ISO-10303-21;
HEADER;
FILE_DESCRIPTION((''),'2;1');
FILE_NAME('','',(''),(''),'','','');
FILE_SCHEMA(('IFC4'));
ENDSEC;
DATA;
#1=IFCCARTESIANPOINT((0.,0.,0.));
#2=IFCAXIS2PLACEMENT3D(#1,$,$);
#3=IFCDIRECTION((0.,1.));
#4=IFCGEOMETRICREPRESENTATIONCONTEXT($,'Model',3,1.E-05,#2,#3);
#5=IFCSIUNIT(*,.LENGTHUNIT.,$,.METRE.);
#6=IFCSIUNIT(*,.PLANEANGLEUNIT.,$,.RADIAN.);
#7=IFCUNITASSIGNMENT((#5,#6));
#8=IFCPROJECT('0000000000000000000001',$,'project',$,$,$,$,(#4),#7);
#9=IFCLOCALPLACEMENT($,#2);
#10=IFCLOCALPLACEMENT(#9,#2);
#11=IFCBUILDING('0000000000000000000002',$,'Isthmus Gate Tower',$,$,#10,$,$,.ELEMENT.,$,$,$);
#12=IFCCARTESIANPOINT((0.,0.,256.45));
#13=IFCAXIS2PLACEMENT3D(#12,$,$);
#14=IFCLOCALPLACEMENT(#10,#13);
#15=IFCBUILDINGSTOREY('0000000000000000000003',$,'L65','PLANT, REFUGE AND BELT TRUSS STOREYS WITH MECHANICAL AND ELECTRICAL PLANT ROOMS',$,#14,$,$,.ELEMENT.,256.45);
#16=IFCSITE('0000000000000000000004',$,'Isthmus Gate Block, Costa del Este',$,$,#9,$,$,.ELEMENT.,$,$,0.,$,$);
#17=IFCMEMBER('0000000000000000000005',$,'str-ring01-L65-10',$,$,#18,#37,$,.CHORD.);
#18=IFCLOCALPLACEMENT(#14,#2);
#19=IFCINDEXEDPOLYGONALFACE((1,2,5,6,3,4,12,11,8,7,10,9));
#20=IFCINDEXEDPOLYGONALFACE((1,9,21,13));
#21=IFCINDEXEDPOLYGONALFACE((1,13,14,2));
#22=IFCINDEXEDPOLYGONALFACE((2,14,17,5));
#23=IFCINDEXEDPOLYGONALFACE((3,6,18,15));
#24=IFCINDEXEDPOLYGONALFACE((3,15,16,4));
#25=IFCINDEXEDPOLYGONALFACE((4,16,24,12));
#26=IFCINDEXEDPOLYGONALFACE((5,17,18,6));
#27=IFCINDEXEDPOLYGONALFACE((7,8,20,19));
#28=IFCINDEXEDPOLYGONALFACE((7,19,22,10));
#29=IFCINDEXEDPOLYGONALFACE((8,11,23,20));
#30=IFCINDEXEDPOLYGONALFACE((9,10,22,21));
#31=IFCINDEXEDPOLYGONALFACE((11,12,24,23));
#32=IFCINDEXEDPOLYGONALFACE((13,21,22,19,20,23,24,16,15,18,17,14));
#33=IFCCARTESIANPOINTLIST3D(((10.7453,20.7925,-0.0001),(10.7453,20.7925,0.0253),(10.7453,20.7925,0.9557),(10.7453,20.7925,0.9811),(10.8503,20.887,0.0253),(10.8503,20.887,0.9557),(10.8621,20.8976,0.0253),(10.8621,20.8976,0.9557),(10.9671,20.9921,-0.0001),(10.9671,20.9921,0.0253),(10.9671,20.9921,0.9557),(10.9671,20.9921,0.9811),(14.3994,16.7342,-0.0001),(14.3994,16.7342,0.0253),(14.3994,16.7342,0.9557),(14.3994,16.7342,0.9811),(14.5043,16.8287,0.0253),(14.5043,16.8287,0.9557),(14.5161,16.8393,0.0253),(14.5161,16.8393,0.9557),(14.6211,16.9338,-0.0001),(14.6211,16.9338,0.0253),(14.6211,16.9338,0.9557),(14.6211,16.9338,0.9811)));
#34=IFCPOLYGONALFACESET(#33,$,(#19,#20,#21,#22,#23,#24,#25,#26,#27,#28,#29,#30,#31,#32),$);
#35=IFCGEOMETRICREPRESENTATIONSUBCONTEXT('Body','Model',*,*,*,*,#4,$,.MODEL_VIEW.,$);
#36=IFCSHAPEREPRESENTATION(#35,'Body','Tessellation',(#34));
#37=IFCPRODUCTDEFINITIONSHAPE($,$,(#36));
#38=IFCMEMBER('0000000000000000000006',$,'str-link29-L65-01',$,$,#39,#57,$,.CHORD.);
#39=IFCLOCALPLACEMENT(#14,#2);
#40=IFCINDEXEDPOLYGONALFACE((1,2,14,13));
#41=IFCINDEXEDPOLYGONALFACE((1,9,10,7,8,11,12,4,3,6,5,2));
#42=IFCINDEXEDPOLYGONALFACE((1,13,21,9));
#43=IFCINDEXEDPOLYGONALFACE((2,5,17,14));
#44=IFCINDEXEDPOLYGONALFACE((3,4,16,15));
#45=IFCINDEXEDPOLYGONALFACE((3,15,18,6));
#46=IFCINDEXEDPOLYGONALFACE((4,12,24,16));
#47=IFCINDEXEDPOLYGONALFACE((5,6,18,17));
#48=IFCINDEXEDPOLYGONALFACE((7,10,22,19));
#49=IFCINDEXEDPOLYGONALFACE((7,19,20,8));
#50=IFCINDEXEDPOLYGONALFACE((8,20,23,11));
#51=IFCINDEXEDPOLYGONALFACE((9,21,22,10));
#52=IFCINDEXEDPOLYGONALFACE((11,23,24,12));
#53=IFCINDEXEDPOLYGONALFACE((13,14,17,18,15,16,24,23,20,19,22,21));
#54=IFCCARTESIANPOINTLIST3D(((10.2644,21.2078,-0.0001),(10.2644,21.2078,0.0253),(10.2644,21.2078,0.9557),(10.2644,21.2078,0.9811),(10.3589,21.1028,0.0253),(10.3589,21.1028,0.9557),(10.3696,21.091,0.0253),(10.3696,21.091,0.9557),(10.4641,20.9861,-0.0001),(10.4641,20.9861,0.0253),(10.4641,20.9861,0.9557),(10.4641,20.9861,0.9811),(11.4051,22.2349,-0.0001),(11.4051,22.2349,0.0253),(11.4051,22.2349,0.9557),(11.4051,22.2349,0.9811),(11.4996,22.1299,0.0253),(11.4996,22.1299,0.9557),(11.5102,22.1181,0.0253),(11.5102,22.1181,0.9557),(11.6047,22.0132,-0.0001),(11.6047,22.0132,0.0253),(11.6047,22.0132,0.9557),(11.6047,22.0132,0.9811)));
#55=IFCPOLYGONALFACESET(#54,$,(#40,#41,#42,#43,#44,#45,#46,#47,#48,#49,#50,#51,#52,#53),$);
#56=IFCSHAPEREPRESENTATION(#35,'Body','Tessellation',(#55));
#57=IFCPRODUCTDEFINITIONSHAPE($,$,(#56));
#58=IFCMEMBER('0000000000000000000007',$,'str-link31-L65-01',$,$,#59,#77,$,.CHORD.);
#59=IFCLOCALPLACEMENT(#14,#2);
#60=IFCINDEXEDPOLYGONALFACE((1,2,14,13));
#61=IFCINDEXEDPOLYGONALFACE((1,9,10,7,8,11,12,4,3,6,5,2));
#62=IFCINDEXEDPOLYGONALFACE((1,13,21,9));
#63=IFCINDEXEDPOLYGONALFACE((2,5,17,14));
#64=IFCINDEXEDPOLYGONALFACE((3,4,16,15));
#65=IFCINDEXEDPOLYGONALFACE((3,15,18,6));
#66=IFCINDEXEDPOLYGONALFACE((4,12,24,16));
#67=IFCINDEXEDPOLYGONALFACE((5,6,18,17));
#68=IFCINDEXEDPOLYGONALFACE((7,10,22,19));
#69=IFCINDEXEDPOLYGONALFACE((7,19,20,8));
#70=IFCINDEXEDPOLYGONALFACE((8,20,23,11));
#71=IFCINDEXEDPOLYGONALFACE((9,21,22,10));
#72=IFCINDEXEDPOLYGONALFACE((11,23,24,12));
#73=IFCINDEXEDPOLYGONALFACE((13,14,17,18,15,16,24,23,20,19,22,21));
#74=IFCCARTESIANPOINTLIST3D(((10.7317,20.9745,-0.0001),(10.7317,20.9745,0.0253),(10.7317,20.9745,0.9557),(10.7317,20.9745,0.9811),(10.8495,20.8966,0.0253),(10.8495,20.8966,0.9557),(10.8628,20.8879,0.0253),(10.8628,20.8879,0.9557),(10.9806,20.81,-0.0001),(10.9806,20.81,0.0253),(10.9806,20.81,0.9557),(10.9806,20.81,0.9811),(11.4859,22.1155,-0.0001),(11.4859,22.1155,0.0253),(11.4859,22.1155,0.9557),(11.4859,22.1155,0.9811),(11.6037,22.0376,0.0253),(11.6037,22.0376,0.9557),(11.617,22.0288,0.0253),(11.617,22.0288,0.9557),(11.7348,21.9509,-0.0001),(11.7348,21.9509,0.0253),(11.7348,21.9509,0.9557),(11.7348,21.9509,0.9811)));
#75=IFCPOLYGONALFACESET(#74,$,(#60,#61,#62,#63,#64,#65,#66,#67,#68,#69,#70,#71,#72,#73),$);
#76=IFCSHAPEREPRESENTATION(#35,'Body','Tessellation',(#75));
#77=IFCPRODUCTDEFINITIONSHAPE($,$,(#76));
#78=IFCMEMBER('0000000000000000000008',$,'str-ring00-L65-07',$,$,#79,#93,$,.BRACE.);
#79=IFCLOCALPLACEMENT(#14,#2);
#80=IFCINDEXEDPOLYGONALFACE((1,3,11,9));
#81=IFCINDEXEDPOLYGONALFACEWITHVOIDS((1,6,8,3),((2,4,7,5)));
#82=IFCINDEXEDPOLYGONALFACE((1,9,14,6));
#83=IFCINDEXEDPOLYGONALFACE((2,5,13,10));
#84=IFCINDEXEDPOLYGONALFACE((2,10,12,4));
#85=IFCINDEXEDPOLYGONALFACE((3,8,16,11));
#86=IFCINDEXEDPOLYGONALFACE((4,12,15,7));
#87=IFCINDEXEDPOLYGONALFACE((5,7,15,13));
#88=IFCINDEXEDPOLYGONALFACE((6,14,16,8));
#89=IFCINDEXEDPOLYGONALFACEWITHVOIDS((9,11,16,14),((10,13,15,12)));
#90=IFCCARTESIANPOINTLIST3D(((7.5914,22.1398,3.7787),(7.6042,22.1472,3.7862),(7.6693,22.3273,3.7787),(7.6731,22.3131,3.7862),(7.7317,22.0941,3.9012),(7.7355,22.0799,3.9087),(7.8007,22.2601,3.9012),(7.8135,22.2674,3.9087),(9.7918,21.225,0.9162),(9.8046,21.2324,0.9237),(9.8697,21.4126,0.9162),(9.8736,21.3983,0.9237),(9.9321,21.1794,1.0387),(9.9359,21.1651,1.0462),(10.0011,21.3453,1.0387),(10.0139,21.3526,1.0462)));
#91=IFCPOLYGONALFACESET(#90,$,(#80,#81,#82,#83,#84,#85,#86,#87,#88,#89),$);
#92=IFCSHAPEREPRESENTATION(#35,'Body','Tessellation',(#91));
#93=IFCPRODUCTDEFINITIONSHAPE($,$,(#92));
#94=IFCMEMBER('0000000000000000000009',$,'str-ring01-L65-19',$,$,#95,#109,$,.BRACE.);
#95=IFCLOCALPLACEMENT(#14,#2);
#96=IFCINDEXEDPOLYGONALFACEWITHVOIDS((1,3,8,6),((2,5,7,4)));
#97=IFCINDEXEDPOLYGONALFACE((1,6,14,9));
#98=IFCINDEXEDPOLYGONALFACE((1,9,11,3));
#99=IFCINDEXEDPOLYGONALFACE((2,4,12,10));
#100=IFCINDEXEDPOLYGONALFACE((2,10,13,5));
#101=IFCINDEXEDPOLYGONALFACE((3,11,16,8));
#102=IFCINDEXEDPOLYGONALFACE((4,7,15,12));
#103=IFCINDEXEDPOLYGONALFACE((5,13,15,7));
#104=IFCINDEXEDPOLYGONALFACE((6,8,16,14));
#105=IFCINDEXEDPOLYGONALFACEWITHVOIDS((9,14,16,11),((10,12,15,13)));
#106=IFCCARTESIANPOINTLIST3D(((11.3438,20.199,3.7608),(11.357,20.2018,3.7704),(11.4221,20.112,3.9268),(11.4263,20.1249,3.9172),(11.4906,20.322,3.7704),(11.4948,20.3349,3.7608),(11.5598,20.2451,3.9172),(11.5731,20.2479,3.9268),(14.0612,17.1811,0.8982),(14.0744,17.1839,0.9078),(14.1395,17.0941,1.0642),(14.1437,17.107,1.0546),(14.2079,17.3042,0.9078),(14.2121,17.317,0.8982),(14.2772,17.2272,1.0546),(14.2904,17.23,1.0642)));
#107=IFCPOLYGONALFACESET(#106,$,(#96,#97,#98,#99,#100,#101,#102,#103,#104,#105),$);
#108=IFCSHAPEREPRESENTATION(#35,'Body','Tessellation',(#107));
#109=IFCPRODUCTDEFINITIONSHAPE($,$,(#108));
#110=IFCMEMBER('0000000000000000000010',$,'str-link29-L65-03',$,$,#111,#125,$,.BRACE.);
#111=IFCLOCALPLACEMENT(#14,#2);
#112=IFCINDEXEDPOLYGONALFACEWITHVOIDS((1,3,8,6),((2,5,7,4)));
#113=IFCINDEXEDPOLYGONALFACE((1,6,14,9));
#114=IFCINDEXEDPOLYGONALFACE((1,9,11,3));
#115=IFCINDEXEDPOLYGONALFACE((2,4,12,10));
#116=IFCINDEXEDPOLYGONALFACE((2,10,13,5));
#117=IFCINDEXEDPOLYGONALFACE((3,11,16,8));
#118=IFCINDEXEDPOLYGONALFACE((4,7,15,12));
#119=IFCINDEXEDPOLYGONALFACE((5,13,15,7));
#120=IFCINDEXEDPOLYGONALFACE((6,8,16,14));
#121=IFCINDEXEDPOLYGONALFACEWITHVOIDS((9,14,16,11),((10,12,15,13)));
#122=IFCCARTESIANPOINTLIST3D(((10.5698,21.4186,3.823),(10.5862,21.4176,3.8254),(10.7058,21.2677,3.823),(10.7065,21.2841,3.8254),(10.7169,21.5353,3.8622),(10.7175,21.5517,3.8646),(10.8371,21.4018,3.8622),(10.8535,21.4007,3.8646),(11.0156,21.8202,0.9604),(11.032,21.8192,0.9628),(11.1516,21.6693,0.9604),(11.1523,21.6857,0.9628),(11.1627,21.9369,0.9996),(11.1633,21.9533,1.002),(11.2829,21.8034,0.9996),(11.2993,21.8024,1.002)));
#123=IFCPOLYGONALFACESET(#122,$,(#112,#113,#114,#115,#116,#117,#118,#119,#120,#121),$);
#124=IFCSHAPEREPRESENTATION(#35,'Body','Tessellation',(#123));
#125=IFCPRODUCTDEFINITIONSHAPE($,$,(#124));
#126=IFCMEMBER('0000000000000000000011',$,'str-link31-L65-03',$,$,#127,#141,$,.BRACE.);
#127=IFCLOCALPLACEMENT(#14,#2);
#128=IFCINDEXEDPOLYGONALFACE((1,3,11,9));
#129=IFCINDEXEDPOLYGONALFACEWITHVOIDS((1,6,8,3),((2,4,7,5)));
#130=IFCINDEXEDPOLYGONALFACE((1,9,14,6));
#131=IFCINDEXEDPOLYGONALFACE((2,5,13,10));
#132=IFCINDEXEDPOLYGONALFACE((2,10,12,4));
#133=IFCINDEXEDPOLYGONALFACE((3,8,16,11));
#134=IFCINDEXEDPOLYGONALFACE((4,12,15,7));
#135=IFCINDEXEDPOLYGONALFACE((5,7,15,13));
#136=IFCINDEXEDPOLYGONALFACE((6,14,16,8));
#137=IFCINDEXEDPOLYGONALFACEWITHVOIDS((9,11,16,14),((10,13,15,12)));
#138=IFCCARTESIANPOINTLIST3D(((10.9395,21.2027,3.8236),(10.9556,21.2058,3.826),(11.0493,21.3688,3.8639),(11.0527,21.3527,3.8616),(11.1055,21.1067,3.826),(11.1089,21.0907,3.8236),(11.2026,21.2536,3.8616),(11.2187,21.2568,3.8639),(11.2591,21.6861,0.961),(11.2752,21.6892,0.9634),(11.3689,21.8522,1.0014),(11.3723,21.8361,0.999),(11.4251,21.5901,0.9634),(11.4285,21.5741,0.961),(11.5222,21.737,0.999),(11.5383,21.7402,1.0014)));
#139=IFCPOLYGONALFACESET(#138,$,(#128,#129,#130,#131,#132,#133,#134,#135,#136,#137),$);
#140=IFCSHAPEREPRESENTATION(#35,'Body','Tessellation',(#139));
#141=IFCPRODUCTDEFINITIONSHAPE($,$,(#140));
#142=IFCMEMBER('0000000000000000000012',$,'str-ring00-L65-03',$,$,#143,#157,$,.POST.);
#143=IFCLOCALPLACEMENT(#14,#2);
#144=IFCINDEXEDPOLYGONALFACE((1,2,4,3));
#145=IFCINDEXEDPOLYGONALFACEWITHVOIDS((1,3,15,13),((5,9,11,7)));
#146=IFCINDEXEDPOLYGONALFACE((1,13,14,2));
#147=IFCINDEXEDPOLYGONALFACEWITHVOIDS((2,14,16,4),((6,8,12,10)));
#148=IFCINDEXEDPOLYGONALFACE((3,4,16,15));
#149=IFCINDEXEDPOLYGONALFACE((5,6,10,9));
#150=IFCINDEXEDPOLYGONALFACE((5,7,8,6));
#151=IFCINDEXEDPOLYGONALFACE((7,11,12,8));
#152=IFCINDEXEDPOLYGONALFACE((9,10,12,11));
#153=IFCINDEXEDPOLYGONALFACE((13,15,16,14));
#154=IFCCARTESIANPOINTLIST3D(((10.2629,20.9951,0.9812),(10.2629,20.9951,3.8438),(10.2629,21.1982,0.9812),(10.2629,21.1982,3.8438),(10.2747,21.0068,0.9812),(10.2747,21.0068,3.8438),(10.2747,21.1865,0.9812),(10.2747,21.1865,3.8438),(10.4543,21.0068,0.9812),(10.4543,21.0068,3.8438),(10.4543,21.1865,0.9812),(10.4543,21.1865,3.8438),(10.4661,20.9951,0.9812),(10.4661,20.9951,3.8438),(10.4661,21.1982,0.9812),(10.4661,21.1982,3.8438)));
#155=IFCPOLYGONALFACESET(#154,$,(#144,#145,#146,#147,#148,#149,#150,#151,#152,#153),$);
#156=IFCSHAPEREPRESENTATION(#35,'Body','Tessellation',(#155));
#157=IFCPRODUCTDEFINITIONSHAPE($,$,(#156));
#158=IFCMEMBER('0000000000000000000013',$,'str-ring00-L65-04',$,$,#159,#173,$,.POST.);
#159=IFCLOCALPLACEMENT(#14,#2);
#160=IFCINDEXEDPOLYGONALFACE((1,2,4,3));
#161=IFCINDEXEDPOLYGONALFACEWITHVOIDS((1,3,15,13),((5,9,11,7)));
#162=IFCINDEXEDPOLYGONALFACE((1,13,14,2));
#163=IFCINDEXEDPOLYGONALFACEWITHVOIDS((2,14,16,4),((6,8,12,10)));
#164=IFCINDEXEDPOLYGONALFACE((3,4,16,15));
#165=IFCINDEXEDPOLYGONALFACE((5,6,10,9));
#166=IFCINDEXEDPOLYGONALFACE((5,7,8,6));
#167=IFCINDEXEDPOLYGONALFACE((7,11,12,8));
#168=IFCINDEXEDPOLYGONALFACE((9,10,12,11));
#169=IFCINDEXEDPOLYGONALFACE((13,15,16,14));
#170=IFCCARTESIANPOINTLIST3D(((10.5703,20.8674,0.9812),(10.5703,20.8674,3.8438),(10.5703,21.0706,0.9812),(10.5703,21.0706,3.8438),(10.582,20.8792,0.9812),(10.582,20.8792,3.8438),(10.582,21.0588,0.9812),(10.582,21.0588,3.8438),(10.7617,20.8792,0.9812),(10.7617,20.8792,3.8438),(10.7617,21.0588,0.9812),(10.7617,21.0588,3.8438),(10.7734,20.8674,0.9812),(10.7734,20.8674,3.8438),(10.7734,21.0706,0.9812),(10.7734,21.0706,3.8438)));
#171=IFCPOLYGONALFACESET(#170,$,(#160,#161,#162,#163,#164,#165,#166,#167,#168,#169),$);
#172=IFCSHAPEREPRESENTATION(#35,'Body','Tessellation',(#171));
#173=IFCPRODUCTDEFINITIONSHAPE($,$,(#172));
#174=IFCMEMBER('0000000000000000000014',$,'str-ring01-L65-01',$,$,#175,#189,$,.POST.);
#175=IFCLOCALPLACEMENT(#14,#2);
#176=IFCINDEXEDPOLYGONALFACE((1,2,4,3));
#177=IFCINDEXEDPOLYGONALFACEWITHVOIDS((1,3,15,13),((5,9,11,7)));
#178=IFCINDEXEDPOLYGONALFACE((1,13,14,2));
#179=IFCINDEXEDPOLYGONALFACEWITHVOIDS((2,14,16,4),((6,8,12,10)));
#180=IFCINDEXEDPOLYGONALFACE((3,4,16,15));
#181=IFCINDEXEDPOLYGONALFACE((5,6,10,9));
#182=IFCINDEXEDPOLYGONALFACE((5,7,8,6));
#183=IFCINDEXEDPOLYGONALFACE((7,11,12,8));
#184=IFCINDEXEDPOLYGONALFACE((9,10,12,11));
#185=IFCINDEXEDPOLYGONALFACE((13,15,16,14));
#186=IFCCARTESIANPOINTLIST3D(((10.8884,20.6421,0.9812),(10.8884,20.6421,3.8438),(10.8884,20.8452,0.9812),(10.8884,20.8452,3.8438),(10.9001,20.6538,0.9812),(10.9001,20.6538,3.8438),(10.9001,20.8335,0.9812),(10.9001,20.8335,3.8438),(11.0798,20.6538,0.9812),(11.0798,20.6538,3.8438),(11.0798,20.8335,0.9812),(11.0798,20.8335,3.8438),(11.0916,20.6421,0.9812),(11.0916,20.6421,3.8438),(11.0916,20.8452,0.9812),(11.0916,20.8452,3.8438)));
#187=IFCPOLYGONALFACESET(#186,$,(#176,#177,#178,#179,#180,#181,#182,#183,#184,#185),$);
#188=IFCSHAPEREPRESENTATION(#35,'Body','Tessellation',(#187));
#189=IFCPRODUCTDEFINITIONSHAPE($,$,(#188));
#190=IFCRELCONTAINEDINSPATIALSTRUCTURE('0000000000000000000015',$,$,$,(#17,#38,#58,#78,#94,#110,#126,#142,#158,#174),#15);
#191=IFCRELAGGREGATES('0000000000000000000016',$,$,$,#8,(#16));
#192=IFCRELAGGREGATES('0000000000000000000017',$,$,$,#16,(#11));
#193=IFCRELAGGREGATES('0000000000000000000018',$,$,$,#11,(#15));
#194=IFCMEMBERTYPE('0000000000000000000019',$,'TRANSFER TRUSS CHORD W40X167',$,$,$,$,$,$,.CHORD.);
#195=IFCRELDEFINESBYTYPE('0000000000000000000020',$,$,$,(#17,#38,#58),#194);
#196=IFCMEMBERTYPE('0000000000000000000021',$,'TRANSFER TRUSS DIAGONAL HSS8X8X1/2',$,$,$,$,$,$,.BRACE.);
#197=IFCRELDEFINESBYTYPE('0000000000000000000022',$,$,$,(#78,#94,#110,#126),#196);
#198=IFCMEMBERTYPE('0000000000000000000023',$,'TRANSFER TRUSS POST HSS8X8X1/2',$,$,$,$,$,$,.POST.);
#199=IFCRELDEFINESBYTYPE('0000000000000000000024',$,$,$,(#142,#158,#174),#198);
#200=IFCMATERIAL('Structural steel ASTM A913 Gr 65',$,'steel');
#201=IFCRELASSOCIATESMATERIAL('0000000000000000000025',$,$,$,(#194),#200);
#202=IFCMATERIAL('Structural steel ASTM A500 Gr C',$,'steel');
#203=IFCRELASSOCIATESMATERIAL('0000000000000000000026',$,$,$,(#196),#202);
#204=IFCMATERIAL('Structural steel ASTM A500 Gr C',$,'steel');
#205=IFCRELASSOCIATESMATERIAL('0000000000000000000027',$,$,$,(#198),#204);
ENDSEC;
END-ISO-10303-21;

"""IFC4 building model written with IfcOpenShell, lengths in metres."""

from ifc_helpers import new_model, si_unit, direction, frame, origin, origin_2d, place, context, subcontext, project, spatial, hollow_rectangle, i_section, extrude, material, material_profile, profile_set, type_object, element, save


model = new_model("IFC4")

# Units and contexts
model_context = context("Model", 3, precision=1e-05, world=origin(), true_north=direction((0.0, 1.0)))
body_context = subcontext(model_context, "Body", "Model", "MODEL_VIEW")
ifc_project = project(units=[si_unit("LENGTHUNIT", "METRE"), si_unit("PLANEANGLEUNIT", "RADIAN")], contexts=[model_context])

# Site, building, storey
site_placement = place(None, origin())
site = spatial("IfcSite", under=ifc_project, at=site_placement, Name="Isthmus Gate Block, Costa del Este", CompositionType="ELEMENT", RefElevation=0.0)
building_placement = place(site_placement, origin())
building = spatial("IfcBuilding", under=site, at=building_placement, Name="Isthmus Gate Tower", CompositionType="ELEMENT")
storey_placement = place(building_placement, frame((0.0, 0.0, 256.45)))
storey = spatial("IfcBuildingStorey", under=building, at=storey_placement, Name="L65", Description="PLANT, REFUGE AND BELT TRUSS STOREYS WITH MECHANICAL AND ELECTRICAL PLANT ROOMS", CompositionType="ELEMENT", Elevation=256.45)

# Members
ifc_material_1 = material(Name="Structural steel ASTM A913 Gr 65", Category="steel")
ifc_material_profile_1 = material_profile(ifc_material_1, i_section(OverallWidth=0.2983, OverallDepth=0.9812, WebThickness=0.0159, FlangeThickness=0.0254, at=origin_2d()), Name="W40X167")
ifc_profile_set_1 = profile_set([ifc_material_profile_1], Name="Structural steel ASTM A913 Gr 65")
member_type_1 = type_object("IfcMemberType", Name="TRANSFER TRUSS CHORD W40X167", PredefinedType="CHORD", material=ifc_profile_set_1)
member_1_placement = place(storey_placement, frame((10.8562, 20.8923, 0.4905), z_axis=(0.66912, -0.743154, 0.0), x_axis=(0.743154, 0.66912, 0.0)))
element("IfcMember", 1, at=member_1_placement, inside=storey, type_object=member_type_1, Name="str-ring01-L65-10", PredefinedType="CHORD", context=body_context, shape_type="SweptSolid", body=[
    extrude(i_section(OverallWidth=0.2983, OverallDepth=0.9812, WebThickness=0.0159, FlangeThickness=0.0254, at=origin_2d()), origin(), (0.0, 0.0, 1.0), 5.4609),
])
member_2_placement = place(storey_placement, frame((11.5049, 22.124, 0.4905), z_axis=(-0.74312, -0.669158, 0.0), x_axis=(0.669158, -0.74312, 0.0)))
element("IfcMember", 2, at=member_2_placement, inside=storey, type_object=member_type_1, Name="str-link29-L65-01", PredefinedType="CHORD", context=body_context, shape_type="SweptSolid", body=[
    extrude(i_section(OverallWidth=0.2983, OverallDepth=0.9812, WebThickness=0.0159, FlangeThickness=0.0254, at=origin_2d()), origin(), (0.0, 0.0, 1.0), 1.5349),
])
member_3_placement = place(storey_placement, frame((11.6104, 22.0332, 0.4905), z_axis=(-0.551441, -0.834214, 0.0), x_axis=(0.834214, -0.551441, 0.0)))
element("IfcMember", 3, at=member_3_placement, inside=storey, type_object=member_type_1, Name="str-link31-L65-01", PredefinedType="CHORD", context=body_context, shape_type="SweptSolid", body=[
    extrude(i_section(OverallWidth=0.2983, OverallDepth=0.9812, WebThickness=0.0159, FlangeThickness=0.0254, at=origin_2d()), origin(), (0.0, 0.0, 1.0), 1.3677),
])
ifc_material_2 = material(Name="Structural steel ASTM A500 Gr C", Category="steel")
ifc_material_profile_2 = material_profile(ifc_material_2, hollow_rectangle(XDim=0.2031, YDim=0.2031, WallThickness=0.0117, at=origin_2d()), Name="HSS8X8X1/2")
ifc_profile_set_2 = profile_set([ifc_material_profile_2], Name="Structural steel ASTM A500 Gr C")
member_type_2 = type_object("IfcMemberType", Name="TRANSFER TRUSS DIAGONAL HSS8X8X1/2", PredefinedType="BRACE", material=ifc_profile_set_2)
member_4_placement = place(storey_placement, frame((9.9028, 21.2888, 0.9812), z_axis=(-0.590779, 0.245606, 0.768543), x_axis=(-0.383881, -0.923383, 0.0)))
element("IfcMember", 4, at=member_4_placement, inside=storey, type_object=member_type_2, Name="str-ring00-L65-07", PredefinedType="BRACE", context=body_context, shape_type="SweptSolid", body=[
    extrude(hollow_rectangle(XDim=0.2031, YDim=0.2031, WallThickness=0.0117, at=origin_2d()), origin(), (0.0, 0.0, 1.0), 3.7246),
])
member_5_placement = place(storey_placement, frame((14.1758, 17.2056, 0.9812), z_axis=(-0.546913, 0.607402, 0.57615), x_axis=(-0.743142, -0.669134, 0.0)))
element("IfcMember", 5, at=member_5_placement, inside=storey, type_object=member_type_2, Name="str-ring01-L65-19", PredefinedType="BRACE", context=body_context, shape_type="SweptSolid", body=[
    extrude(hollow_rectangle(XDim=0.2031, YDim=0.2031, WallThickness=0.0117, at=origin_2d()), origin(), (0.0, 0.0, 1.0), 4.9685),
])
member_6_placement = place(storey_placement, frame((11.1575, 21.8113, 0.9812), z_axis=(-0.152423, -0.137314, 0.97873), x_axis=(0.669324, -0.74297, 0.0)))
element("IfcMember", 6, at=member_6_placement, inside=storey, type_object=member_type_2, Name="str-link29-L65-03", PredefinedType="BRACE", context=body_context, shape_type="SweptSolid", body=[
    extrude(hollow_rectangle(XDim=0.2031, YDim=0.2031, WallThickness=0.0117, at=origin_2d()), origin(), (0.0, 0.0, 1.0), 2.9248),
])
member_7_placement = place(storey_placement, frame((11.3987, 21.7131, 0.9812), z_axis=(-0.109422, -0.165513, 0.980119), x_axis=(0.834183, -0.551488, 0.0)))
element("IfcMember", 7, at=member_7_placement, inside=storey, type_object=member_type_2, Name="str-link31-L65-03", PredefinedType="BRACE", context=body_context, shape_type="SweptSolid", body=[
    extrude(hollow_rectangle(XDim=0.2031, YDim=0.2031, WallThickness=0.0117, at=origin_2d()), origin(), (0.0, 0.0, 1.0), 2.9207),
])
ifc_material_3 = material(Name="Structural steel ASTM A500 Gr C", Category="steel")
ifc_material_profile_3 = material_profile(ifc_material_3, hollow_rectangle(XDim=0.2031, YDim=0.2031, WallThickness=0.0117, at=origin_2d()), Name="HSS8X8X1/2")
ifc_profile_set_3 = profile_set([ifc_material_profile_3], Name="Structural steel ASTM A500 Gr C")
member_type_3 = type_object("IfcMemberType", Name="TRANSFER TRUSS POST HSS8X8X1/2", PredefinedType="POST", material=ifc_profile_set_3)
for number, where, z_axis, x_axis, name in (
    (8, (10.3645, 21.0967, 0.9812), (0.0, 0.0, 1.0), (1.0, 0.0, 0.0), "str-ring00-L65-03"),
    (9, (10.6719, 20.969, 0.9812), (0.0, 0.0, 1.0), (1.0, 0.0, 0.0), "str-ring00-L65-04"),
    (10, (10.99, 20.7437, 0.9812), (0.0, 0.0, 1.0), (1.0, 0.0, 0.0), "str-ring01-L65-01"),
):
    element("IfcMember", number, at=place(storey_placement, frame(where, z_axis=z_axis, x_axis=x_axis)), inside=storey, type_object=member_type_3, Name=name, PredefinedType="POST", context=body_context, shape_type="SweptSolid", body=[
        extrude(hollow_rectangle(XDim=0.2031, YDim=0.2031, WallThickness=0.0117, at=origin_2d()), origin(), (0.0, 0.0, 1.0), 2.8625),
    ])

save(model, "model.ifc")
